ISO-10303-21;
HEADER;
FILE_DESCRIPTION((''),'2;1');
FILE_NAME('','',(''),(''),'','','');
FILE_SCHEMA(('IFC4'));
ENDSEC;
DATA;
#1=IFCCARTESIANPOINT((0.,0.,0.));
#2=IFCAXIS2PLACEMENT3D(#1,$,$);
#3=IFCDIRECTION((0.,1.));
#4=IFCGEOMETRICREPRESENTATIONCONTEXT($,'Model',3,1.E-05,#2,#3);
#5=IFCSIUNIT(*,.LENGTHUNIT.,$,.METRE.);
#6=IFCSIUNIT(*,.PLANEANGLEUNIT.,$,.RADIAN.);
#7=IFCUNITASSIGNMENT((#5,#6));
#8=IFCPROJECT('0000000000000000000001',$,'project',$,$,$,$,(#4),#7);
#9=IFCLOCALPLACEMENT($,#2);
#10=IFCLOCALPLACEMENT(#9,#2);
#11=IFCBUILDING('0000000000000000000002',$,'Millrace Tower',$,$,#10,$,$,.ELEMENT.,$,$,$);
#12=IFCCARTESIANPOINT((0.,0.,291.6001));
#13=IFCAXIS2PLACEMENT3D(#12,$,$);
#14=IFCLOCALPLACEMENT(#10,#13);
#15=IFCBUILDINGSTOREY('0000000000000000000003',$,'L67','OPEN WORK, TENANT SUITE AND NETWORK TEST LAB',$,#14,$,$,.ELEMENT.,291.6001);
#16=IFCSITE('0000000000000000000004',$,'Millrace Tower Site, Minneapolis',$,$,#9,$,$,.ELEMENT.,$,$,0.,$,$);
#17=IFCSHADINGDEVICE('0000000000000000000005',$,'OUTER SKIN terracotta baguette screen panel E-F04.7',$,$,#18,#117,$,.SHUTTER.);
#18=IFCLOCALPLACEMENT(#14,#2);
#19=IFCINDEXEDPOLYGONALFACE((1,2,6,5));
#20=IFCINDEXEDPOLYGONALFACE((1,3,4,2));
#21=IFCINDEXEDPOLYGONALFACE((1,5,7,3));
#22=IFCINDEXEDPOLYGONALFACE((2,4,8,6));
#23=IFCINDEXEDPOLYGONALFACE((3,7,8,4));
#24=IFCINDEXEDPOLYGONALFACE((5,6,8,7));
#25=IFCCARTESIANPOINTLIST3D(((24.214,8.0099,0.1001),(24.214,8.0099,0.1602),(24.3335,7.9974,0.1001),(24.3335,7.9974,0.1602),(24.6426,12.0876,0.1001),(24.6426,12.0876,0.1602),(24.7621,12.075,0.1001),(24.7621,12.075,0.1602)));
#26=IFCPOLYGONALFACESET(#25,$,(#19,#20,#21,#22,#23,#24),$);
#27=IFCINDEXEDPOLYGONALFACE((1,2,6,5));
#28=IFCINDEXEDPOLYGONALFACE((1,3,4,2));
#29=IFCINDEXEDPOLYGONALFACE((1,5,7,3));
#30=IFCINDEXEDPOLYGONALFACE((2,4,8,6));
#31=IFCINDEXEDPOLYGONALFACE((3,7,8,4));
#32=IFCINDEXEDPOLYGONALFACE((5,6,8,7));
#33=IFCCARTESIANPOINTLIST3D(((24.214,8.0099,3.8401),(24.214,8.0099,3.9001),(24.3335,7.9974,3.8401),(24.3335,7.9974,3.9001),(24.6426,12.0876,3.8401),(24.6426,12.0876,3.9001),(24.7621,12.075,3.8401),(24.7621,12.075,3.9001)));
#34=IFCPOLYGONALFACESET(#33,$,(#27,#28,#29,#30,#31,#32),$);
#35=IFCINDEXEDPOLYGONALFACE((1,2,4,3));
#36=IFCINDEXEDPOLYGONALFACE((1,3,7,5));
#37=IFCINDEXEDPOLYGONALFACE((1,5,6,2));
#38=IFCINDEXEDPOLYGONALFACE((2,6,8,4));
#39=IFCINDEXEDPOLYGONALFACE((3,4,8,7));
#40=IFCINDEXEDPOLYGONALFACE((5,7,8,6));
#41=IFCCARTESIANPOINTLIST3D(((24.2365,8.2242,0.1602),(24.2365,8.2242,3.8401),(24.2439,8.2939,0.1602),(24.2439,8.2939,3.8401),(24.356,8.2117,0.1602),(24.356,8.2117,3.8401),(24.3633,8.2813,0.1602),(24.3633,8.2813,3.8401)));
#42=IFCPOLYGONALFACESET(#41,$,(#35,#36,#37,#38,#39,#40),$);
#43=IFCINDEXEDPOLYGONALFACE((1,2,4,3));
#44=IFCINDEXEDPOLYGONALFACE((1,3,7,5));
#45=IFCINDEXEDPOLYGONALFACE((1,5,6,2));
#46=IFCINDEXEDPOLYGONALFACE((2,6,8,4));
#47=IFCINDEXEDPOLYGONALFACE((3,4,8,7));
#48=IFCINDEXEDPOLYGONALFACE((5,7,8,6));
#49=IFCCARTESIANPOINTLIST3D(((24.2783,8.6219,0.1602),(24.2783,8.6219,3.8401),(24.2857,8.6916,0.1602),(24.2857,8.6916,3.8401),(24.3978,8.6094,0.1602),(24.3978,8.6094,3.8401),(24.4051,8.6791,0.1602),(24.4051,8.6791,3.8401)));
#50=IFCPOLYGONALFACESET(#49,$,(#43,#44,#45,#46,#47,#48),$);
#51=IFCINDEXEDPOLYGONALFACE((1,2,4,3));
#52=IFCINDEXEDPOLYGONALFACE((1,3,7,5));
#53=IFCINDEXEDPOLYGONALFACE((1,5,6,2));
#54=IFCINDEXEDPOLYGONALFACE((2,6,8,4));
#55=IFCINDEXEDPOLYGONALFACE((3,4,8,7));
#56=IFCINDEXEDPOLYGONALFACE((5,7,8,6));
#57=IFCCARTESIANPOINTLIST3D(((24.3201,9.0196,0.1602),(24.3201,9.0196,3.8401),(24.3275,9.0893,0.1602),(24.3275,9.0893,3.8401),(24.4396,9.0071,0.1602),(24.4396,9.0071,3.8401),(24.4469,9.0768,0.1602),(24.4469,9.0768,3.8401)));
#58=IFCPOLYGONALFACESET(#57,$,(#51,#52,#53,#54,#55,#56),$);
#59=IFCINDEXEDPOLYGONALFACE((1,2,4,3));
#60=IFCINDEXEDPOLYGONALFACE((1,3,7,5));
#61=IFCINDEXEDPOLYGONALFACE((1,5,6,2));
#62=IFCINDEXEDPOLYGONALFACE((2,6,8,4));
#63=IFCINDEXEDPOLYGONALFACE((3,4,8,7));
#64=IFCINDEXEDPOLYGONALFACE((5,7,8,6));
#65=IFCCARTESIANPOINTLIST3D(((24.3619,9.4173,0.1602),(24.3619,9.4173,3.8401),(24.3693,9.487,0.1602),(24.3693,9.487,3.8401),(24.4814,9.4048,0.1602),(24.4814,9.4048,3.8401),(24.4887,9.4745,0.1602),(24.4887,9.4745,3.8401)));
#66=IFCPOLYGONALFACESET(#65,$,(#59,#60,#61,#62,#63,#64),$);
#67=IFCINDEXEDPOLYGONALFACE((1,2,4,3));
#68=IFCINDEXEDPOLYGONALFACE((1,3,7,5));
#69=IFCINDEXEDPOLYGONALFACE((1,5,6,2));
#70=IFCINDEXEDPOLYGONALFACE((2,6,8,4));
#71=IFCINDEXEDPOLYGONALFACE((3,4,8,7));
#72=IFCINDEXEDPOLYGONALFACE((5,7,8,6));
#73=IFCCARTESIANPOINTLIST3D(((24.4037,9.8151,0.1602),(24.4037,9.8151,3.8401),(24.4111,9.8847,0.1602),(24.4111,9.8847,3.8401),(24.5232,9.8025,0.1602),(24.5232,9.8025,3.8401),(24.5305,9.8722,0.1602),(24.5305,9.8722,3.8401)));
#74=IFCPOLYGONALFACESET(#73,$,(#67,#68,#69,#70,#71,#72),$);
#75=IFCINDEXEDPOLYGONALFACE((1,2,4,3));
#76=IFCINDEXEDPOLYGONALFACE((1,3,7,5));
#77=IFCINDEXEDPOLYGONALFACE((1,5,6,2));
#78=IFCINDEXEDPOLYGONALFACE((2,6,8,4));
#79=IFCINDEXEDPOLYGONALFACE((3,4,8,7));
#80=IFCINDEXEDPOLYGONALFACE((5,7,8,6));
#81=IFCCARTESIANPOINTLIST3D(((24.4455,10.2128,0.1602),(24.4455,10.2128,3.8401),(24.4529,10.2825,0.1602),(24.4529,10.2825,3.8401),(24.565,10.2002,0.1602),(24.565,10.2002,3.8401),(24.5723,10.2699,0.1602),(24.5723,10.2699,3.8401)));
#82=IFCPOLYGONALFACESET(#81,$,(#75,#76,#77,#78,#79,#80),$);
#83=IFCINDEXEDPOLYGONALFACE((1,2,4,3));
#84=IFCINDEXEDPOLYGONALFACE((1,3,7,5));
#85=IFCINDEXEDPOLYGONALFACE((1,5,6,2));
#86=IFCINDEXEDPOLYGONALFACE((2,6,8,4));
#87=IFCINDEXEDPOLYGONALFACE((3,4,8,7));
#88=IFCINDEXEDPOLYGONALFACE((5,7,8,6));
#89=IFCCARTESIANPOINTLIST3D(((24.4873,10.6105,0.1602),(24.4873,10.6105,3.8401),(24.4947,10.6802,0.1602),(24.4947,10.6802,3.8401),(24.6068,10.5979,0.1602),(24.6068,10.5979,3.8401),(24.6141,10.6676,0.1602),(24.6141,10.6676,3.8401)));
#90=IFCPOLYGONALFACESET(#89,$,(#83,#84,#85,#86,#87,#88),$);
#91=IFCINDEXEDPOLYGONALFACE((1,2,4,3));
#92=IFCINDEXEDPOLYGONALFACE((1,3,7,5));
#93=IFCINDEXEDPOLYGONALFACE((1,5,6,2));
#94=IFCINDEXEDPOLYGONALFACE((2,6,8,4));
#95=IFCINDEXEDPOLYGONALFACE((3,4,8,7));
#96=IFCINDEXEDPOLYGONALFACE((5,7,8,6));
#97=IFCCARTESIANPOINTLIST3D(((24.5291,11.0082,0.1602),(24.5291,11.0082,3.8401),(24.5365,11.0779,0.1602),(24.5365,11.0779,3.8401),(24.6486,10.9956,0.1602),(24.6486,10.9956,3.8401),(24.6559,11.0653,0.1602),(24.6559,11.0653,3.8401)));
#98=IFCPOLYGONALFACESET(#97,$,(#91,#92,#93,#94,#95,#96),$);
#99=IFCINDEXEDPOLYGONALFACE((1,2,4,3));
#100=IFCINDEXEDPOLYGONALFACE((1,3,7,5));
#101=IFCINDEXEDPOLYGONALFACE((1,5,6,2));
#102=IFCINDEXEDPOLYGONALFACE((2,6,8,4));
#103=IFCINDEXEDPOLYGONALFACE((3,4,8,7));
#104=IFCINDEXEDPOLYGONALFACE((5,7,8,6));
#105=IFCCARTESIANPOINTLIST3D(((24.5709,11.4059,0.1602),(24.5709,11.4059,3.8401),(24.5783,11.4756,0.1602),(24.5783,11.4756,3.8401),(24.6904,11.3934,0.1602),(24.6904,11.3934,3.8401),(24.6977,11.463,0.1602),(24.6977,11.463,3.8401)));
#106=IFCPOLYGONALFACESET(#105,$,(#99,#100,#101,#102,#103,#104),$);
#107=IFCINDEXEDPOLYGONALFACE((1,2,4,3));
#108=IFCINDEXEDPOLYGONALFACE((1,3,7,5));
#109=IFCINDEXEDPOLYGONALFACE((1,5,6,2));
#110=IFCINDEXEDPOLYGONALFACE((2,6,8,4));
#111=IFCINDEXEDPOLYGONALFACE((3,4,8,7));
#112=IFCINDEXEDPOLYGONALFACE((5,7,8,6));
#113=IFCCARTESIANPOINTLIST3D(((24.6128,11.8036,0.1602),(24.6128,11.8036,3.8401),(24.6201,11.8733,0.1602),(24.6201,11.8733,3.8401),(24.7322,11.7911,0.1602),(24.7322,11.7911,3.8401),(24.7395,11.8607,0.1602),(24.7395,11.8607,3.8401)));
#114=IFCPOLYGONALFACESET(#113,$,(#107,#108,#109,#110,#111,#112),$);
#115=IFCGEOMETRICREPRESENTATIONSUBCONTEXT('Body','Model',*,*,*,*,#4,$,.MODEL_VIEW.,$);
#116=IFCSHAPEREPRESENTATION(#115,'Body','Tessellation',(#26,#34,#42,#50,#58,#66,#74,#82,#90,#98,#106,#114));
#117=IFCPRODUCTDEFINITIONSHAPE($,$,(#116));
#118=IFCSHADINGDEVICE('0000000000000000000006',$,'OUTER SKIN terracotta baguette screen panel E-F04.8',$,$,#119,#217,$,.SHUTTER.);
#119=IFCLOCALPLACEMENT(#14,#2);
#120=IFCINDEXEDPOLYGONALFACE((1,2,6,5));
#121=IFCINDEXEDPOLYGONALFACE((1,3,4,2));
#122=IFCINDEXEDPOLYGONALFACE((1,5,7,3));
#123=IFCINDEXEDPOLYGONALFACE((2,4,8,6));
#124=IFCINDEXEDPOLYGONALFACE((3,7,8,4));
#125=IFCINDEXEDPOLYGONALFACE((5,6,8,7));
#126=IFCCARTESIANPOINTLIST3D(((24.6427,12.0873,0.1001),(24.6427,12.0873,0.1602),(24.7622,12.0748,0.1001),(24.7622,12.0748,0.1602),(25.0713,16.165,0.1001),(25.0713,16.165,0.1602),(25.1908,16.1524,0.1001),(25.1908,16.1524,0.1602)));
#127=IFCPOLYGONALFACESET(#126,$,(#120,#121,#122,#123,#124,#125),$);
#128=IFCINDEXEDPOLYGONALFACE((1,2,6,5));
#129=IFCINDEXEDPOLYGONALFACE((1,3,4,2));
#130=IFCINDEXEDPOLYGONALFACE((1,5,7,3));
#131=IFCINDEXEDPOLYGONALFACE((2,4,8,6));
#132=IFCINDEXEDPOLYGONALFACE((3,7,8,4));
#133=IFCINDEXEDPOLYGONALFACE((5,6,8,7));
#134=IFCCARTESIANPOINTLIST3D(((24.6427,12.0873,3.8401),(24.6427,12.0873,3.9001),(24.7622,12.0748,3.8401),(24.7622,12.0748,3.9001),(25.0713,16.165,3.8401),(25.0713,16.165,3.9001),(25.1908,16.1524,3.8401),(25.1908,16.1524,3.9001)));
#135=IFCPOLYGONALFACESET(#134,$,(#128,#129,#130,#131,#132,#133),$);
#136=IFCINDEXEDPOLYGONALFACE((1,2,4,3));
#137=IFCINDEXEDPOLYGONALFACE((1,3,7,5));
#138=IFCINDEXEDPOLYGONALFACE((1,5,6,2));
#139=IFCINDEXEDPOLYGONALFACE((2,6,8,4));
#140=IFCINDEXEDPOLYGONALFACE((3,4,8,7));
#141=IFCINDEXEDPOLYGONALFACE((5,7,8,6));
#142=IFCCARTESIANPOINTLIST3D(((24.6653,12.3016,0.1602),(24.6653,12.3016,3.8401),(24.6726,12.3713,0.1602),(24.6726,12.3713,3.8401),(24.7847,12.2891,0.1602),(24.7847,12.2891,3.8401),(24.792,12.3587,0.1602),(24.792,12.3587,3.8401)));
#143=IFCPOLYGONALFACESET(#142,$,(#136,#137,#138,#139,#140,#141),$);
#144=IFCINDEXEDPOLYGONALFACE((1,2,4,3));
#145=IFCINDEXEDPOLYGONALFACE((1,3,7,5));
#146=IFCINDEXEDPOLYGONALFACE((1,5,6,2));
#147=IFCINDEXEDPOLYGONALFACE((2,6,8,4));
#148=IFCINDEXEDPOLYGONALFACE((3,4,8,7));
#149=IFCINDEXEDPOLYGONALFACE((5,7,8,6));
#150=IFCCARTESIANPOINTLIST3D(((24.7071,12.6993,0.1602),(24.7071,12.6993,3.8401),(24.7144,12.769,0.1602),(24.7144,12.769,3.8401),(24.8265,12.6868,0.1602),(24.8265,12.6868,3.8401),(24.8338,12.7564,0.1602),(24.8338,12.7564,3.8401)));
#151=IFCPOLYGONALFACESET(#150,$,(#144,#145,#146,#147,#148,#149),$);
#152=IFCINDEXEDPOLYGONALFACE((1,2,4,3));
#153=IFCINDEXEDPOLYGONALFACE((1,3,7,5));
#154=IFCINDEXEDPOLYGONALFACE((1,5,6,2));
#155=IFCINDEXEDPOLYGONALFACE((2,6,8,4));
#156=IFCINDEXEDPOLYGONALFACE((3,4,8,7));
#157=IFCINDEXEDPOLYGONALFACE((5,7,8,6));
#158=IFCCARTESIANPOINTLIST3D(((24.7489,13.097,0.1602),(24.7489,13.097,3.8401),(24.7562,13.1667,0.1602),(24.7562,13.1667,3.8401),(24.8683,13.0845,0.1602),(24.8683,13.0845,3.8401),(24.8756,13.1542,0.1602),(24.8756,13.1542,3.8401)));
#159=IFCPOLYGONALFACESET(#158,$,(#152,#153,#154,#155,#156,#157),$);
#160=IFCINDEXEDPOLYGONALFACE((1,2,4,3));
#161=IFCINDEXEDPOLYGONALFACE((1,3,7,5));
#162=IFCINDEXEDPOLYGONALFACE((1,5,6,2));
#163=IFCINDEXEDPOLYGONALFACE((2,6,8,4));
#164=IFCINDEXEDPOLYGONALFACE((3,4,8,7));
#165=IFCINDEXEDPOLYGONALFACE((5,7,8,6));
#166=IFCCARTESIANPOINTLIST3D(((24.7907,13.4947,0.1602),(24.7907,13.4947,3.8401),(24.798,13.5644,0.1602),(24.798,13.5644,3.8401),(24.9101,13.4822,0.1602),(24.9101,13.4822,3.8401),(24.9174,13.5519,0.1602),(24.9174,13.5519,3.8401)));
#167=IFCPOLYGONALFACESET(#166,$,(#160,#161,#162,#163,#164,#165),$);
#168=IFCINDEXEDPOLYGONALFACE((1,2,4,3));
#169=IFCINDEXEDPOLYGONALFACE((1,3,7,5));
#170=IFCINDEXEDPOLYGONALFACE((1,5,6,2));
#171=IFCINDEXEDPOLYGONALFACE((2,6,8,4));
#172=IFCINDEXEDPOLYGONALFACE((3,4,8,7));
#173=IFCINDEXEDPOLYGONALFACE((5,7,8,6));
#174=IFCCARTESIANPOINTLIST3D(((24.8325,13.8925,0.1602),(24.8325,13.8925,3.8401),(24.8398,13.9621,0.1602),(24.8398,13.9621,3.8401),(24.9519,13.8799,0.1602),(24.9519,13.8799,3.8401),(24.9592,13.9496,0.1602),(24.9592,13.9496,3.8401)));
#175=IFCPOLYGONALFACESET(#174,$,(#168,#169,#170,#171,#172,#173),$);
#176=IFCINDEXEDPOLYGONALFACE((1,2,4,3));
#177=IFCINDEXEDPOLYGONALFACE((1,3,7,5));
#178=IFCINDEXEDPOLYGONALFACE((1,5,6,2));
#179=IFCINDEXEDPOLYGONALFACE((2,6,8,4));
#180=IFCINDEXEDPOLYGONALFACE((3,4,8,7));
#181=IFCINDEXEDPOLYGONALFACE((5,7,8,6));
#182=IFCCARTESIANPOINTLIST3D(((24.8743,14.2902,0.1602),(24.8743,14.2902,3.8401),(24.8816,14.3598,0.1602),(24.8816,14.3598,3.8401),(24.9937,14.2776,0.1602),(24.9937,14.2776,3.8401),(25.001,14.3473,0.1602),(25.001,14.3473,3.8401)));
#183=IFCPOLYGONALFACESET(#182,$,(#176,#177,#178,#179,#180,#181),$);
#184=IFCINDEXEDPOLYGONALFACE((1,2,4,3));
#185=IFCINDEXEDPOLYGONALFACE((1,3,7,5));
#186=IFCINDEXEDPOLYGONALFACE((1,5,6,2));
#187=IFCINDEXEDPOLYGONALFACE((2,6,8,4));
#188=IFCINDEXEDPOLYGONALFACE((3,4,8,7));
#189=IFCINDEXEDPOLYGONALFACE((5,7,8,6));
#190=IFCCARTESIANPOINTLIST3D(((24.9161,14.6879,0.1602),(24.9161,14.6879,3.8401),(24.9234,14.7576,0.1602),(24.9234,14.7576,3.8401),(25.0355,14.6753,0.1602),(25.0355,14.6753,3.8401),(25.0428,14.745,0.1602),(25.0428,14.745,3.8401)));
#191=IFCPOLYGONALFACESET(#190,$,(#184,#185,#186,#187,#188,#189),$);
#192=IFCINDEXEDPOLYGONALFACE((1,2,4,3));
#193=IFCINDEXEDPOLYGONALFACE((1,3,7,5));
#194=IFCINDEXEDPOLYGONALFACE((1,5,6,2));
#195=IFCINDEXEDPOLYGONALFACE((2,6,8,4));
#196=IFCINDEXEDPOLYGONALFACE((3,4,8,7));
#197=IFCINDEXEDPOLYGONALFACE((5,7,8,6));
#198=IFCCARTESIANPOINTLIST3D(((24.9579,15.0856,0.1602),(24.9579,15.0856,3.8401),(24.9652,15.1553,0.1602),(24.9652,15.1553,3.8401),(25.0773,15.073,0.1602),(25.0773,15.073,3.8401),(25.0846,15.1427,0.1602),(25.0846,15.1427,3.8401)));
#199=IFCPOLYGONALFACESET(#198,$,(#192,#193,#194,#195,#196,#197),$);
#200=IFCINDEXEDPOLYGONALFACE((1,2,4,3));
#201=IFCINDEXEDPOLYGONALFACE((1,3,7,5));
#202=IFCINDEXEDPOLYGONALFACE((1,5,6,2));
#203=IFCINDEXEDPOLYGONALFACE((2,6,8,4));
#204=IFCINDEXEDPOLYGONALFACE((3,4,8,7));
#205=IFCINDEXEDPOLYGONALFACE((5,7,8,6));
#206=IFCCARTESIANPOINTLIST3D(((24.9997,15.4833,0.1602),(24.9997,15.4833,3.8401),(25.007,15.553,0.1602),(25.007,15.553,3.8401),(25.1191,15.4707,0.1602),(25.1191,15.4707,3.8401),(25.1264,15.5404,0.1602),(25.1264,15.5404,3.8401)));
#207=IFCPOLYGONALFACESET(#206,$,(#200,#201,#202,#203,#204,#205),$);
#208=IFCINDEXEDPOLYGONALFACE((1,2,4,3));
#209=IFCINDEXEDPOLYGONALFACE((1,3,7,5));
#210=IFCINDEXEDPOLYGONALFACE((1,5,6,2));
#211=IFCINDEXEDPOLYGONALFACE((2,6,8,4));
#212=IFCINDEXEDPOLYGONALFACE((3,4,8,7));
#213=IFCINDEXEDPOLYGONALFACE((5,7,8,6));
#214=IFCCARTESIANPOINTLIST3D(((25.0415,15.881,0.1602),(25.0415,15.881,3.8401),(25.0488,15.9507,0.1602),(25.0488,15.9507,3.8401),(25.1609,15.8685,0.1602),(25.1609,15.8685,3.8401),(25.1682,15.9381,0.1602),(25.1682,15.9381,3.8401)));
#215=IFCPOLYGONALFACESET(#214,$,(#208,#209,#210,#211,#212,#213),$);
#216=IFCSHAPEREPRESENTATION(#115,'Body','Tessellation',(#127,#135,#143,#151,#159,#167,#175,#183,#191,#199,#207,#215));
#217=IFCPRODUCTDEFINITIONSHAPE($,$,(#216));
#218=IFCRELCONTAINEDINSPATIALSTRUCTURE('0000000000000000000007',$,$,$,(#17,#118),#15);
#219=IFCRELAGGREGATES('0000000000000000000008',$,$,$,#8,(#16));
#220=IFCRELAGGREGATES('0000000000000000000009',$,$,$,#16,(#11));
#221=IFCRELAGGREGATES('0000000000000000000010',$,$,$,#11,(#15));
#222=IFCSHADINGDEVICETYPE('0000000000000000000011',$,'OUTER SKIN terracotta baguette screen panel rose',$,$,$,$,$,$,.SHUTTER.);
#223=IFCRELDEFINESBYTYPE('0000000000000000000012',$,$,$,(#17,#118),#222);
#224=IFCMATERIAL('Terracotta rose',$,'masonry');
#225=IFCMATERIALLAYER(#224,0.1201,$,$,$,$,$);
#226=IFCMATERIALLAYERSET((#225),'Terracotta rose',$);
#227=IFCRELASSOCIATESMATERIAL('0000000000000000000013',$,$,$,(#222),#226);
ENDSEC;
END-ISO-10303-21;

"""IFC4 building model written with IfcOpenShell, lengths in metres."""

from ifc_helpers import new_model, entity, si_unit, direction, frame, frame_2d, origin, place, context, subcontext, project, spatial, rectangle, extrude, source, transform, mapped, material, layer, layer_set, type_object, element, save


model = new_model("IFC4")

# Units and contexts
model_context = context("Model", 3, precision=1e-05, world=origin(), true_north=direction((0.0, 1.0)))
body_context = subcontext(model_context, "Body", "Model", "MODEL_VIEW")
ifc_project = project(units=[si_unit("LENGTHUNIT", "METRE"), si_unit("PLANEANGLEUNIT", "RADIAN")], contexts=[model_context])

# Site, building, storey
site_placement = place(None, origin())
site = spatial("IfcSite", under=ifc_project, at=site_placement, Name="Millrace Tower Site, Minneapolis", CompositionType="ELEMENT", RefElevation=0.0)
building_placement = place(site_placement, origin())
building = spatial("IfcBuilding", under=site, at=building_placement, Name="Millrace Tower", CompositionType="ELEMENT")
storey_placement = place(building_placement, frame((0.0, 0.0, 291.6001)))
storey = spatial("IfcBuildingStorey", under=building, at=storey_placement, Name="L67", Description="OPEN WORK, TENANT SUITE AND NETWORK TEST LAB", CompositionType="ELEMENT", Elevation=291.6001)

# Shading devices
ifc_material_1 = material(Name="Terracotta rose", Category="masonry")
ifc_layer_1 = layer(ifc_material_1, 0.1201)
ifc_layer_set_1 = layer_set([ifc_layer_1], Name="Terracotta rose")
shading_device_type = type_object("IfcShadingDeviceType", Name="OUTER SKIN terracotta baguette screen panel rose", PredefinedType="SHUTTER", material=ifc_layer_set_1)
cartesian_point_1 = entity("IfcCartesianPoint", [-2.05, 0.0601])
shared_polyline_1 = entity("IfcPolyline", [cartesian_point_1, entity("IfcCartesianPoint", [2.05, 0.0601]), entity("IfcCartesianPoint", [2.05, -0.0601]), entity("IfcCartesianPoint", [-2.05, -0.0601]), cartesian_point_1])
shared_shape_1 = source(origin(), body_context, "Body", "SweptSolid", [
    entity("IfcExtrudedAreaSolid", entity("IfcArbitraryClosedProfileDef", "AREA", None, shared_polyline_1), entity("IfcAxis2Placement3D", entity("IfcCartesianPoint", [0.0, 0.0, 0.0])), entity("IfcDirection", [0.0, 0.0, 1.0]), 0.0601),
    entity("IfcExtrudedAreaSolid", entity("IfcArbitraryClosedProfileDef", "AREA", None, shared_polyline_1), entity("IfcAxis2Placement3D", entity("IfcCartesianPoint", [0.0, 0.0, 3.74])), entity("IfcDirection", [0.0, 0.0, 1.0]), 0.0601),
    extrude(rectangle(XDim=0.0701, YDim=0.1201, at=frame_2d((-1.7996, 0.0))), frame((0.0, 0.0, 0.0601)), (0.0, 0.0, 1.0), 3.6799),
    extrude(rectangle(XDim=0.0701, YDim=0.1201, at=frame_2d((-1.3997, 0.0))), frame((0.0, 0.0, 0.0601)), (0.0, 0.0, 1.0), 3.6799),
    extrude(rectangle(XDim=0.0701, YDim=0.1201, at=frame_2d((-0.9998, 0.0))), frame((0.0, 0.0, 0.0601)), (0.0, 0.0, 1.0), 3.6799),
    extrude(rectangle(XDim=0.0701, YDim=0.1201, at=frame_2d((-0.5999, 0.0))), frame((0.0, 0.0, 0.0601)), (0.0, 0.0, 1.0), 3.6799),
    extrude(rectangle(XDim=0.0701, YDim=0.1201, at=frame_2d((-0.2, 0.0))), frame((0.0, 0.0, 0.0601)), (0.0, 0.0, 1.0), 3.6799),
    extrude(rectangle(XDim=0.0701, YDim=0.1201, at=frame_2d((0.2, 0.0))), frame((0.0, 0.0, 0.0601)), (0.0, 0.0, 1.0), 3.6799),
    extrude(rectangle(XDim=0.0701, YDim=0.1201, at=frame_2d((0.5999, 0.0))), frame((0.0, 0.0, 0.0601)), (0.0, 0.0, 1.0), 3.6799),
    extrude(rectangle(XDim=0.0701, YDim=0.1201, at=frame_2d((0.9998, 0.0))), frame((0.0, 0.0, 0.0601)), (0.0, 0.0, 1.0), 3.6799),
    extrude(rectangle(XDim=0.0701, YDim=0.1201, at=frame_2d((1.3997, 0.0))), frame((0.0, 0.0, 0.0601)), (0.0, 0.0, 1.0), 3.6799),
    extrude(rectangle(XDim=0.0701, YDim=0.1201, at=frame_2d((1.7996, 0.0))), frame((0.0, 0.0, 0.0601)), (0.0, 0.0, 1.0), 3.6799),
])
for number, where, z_axis, x_axis, name in (
    (1, (24.488, 10.0425, 0.1001), (0.0, 0.0, 1.0), (0.104528, 0.994522, 0.0), "OUTER SKIN terracotta baguette screen panel E-F04.7"),
    (2, (24.9167, 14.1199, 0.1001), (0.0, 0.0, 1.0), (0.104528, 0.994522, 0.0), "OUTER SKIN terracotta baguette screen panel E-F04.8"),
):
    element("IfcShadingDevice", number, at=place(storey_placement, frame(where, z_axis=z_axis, x_axis=x_axis)), inside=storey, type_object=shading_device_type, Name=name, PredefinedType="SHUTTER", context=body_context, shape_type="MappedRepresentation", body=[
        mapped(shared_shape_1, transform((0.0, 0.0, 0.0), scale=1.0)),
    ])

save(model, "model.ifc")
